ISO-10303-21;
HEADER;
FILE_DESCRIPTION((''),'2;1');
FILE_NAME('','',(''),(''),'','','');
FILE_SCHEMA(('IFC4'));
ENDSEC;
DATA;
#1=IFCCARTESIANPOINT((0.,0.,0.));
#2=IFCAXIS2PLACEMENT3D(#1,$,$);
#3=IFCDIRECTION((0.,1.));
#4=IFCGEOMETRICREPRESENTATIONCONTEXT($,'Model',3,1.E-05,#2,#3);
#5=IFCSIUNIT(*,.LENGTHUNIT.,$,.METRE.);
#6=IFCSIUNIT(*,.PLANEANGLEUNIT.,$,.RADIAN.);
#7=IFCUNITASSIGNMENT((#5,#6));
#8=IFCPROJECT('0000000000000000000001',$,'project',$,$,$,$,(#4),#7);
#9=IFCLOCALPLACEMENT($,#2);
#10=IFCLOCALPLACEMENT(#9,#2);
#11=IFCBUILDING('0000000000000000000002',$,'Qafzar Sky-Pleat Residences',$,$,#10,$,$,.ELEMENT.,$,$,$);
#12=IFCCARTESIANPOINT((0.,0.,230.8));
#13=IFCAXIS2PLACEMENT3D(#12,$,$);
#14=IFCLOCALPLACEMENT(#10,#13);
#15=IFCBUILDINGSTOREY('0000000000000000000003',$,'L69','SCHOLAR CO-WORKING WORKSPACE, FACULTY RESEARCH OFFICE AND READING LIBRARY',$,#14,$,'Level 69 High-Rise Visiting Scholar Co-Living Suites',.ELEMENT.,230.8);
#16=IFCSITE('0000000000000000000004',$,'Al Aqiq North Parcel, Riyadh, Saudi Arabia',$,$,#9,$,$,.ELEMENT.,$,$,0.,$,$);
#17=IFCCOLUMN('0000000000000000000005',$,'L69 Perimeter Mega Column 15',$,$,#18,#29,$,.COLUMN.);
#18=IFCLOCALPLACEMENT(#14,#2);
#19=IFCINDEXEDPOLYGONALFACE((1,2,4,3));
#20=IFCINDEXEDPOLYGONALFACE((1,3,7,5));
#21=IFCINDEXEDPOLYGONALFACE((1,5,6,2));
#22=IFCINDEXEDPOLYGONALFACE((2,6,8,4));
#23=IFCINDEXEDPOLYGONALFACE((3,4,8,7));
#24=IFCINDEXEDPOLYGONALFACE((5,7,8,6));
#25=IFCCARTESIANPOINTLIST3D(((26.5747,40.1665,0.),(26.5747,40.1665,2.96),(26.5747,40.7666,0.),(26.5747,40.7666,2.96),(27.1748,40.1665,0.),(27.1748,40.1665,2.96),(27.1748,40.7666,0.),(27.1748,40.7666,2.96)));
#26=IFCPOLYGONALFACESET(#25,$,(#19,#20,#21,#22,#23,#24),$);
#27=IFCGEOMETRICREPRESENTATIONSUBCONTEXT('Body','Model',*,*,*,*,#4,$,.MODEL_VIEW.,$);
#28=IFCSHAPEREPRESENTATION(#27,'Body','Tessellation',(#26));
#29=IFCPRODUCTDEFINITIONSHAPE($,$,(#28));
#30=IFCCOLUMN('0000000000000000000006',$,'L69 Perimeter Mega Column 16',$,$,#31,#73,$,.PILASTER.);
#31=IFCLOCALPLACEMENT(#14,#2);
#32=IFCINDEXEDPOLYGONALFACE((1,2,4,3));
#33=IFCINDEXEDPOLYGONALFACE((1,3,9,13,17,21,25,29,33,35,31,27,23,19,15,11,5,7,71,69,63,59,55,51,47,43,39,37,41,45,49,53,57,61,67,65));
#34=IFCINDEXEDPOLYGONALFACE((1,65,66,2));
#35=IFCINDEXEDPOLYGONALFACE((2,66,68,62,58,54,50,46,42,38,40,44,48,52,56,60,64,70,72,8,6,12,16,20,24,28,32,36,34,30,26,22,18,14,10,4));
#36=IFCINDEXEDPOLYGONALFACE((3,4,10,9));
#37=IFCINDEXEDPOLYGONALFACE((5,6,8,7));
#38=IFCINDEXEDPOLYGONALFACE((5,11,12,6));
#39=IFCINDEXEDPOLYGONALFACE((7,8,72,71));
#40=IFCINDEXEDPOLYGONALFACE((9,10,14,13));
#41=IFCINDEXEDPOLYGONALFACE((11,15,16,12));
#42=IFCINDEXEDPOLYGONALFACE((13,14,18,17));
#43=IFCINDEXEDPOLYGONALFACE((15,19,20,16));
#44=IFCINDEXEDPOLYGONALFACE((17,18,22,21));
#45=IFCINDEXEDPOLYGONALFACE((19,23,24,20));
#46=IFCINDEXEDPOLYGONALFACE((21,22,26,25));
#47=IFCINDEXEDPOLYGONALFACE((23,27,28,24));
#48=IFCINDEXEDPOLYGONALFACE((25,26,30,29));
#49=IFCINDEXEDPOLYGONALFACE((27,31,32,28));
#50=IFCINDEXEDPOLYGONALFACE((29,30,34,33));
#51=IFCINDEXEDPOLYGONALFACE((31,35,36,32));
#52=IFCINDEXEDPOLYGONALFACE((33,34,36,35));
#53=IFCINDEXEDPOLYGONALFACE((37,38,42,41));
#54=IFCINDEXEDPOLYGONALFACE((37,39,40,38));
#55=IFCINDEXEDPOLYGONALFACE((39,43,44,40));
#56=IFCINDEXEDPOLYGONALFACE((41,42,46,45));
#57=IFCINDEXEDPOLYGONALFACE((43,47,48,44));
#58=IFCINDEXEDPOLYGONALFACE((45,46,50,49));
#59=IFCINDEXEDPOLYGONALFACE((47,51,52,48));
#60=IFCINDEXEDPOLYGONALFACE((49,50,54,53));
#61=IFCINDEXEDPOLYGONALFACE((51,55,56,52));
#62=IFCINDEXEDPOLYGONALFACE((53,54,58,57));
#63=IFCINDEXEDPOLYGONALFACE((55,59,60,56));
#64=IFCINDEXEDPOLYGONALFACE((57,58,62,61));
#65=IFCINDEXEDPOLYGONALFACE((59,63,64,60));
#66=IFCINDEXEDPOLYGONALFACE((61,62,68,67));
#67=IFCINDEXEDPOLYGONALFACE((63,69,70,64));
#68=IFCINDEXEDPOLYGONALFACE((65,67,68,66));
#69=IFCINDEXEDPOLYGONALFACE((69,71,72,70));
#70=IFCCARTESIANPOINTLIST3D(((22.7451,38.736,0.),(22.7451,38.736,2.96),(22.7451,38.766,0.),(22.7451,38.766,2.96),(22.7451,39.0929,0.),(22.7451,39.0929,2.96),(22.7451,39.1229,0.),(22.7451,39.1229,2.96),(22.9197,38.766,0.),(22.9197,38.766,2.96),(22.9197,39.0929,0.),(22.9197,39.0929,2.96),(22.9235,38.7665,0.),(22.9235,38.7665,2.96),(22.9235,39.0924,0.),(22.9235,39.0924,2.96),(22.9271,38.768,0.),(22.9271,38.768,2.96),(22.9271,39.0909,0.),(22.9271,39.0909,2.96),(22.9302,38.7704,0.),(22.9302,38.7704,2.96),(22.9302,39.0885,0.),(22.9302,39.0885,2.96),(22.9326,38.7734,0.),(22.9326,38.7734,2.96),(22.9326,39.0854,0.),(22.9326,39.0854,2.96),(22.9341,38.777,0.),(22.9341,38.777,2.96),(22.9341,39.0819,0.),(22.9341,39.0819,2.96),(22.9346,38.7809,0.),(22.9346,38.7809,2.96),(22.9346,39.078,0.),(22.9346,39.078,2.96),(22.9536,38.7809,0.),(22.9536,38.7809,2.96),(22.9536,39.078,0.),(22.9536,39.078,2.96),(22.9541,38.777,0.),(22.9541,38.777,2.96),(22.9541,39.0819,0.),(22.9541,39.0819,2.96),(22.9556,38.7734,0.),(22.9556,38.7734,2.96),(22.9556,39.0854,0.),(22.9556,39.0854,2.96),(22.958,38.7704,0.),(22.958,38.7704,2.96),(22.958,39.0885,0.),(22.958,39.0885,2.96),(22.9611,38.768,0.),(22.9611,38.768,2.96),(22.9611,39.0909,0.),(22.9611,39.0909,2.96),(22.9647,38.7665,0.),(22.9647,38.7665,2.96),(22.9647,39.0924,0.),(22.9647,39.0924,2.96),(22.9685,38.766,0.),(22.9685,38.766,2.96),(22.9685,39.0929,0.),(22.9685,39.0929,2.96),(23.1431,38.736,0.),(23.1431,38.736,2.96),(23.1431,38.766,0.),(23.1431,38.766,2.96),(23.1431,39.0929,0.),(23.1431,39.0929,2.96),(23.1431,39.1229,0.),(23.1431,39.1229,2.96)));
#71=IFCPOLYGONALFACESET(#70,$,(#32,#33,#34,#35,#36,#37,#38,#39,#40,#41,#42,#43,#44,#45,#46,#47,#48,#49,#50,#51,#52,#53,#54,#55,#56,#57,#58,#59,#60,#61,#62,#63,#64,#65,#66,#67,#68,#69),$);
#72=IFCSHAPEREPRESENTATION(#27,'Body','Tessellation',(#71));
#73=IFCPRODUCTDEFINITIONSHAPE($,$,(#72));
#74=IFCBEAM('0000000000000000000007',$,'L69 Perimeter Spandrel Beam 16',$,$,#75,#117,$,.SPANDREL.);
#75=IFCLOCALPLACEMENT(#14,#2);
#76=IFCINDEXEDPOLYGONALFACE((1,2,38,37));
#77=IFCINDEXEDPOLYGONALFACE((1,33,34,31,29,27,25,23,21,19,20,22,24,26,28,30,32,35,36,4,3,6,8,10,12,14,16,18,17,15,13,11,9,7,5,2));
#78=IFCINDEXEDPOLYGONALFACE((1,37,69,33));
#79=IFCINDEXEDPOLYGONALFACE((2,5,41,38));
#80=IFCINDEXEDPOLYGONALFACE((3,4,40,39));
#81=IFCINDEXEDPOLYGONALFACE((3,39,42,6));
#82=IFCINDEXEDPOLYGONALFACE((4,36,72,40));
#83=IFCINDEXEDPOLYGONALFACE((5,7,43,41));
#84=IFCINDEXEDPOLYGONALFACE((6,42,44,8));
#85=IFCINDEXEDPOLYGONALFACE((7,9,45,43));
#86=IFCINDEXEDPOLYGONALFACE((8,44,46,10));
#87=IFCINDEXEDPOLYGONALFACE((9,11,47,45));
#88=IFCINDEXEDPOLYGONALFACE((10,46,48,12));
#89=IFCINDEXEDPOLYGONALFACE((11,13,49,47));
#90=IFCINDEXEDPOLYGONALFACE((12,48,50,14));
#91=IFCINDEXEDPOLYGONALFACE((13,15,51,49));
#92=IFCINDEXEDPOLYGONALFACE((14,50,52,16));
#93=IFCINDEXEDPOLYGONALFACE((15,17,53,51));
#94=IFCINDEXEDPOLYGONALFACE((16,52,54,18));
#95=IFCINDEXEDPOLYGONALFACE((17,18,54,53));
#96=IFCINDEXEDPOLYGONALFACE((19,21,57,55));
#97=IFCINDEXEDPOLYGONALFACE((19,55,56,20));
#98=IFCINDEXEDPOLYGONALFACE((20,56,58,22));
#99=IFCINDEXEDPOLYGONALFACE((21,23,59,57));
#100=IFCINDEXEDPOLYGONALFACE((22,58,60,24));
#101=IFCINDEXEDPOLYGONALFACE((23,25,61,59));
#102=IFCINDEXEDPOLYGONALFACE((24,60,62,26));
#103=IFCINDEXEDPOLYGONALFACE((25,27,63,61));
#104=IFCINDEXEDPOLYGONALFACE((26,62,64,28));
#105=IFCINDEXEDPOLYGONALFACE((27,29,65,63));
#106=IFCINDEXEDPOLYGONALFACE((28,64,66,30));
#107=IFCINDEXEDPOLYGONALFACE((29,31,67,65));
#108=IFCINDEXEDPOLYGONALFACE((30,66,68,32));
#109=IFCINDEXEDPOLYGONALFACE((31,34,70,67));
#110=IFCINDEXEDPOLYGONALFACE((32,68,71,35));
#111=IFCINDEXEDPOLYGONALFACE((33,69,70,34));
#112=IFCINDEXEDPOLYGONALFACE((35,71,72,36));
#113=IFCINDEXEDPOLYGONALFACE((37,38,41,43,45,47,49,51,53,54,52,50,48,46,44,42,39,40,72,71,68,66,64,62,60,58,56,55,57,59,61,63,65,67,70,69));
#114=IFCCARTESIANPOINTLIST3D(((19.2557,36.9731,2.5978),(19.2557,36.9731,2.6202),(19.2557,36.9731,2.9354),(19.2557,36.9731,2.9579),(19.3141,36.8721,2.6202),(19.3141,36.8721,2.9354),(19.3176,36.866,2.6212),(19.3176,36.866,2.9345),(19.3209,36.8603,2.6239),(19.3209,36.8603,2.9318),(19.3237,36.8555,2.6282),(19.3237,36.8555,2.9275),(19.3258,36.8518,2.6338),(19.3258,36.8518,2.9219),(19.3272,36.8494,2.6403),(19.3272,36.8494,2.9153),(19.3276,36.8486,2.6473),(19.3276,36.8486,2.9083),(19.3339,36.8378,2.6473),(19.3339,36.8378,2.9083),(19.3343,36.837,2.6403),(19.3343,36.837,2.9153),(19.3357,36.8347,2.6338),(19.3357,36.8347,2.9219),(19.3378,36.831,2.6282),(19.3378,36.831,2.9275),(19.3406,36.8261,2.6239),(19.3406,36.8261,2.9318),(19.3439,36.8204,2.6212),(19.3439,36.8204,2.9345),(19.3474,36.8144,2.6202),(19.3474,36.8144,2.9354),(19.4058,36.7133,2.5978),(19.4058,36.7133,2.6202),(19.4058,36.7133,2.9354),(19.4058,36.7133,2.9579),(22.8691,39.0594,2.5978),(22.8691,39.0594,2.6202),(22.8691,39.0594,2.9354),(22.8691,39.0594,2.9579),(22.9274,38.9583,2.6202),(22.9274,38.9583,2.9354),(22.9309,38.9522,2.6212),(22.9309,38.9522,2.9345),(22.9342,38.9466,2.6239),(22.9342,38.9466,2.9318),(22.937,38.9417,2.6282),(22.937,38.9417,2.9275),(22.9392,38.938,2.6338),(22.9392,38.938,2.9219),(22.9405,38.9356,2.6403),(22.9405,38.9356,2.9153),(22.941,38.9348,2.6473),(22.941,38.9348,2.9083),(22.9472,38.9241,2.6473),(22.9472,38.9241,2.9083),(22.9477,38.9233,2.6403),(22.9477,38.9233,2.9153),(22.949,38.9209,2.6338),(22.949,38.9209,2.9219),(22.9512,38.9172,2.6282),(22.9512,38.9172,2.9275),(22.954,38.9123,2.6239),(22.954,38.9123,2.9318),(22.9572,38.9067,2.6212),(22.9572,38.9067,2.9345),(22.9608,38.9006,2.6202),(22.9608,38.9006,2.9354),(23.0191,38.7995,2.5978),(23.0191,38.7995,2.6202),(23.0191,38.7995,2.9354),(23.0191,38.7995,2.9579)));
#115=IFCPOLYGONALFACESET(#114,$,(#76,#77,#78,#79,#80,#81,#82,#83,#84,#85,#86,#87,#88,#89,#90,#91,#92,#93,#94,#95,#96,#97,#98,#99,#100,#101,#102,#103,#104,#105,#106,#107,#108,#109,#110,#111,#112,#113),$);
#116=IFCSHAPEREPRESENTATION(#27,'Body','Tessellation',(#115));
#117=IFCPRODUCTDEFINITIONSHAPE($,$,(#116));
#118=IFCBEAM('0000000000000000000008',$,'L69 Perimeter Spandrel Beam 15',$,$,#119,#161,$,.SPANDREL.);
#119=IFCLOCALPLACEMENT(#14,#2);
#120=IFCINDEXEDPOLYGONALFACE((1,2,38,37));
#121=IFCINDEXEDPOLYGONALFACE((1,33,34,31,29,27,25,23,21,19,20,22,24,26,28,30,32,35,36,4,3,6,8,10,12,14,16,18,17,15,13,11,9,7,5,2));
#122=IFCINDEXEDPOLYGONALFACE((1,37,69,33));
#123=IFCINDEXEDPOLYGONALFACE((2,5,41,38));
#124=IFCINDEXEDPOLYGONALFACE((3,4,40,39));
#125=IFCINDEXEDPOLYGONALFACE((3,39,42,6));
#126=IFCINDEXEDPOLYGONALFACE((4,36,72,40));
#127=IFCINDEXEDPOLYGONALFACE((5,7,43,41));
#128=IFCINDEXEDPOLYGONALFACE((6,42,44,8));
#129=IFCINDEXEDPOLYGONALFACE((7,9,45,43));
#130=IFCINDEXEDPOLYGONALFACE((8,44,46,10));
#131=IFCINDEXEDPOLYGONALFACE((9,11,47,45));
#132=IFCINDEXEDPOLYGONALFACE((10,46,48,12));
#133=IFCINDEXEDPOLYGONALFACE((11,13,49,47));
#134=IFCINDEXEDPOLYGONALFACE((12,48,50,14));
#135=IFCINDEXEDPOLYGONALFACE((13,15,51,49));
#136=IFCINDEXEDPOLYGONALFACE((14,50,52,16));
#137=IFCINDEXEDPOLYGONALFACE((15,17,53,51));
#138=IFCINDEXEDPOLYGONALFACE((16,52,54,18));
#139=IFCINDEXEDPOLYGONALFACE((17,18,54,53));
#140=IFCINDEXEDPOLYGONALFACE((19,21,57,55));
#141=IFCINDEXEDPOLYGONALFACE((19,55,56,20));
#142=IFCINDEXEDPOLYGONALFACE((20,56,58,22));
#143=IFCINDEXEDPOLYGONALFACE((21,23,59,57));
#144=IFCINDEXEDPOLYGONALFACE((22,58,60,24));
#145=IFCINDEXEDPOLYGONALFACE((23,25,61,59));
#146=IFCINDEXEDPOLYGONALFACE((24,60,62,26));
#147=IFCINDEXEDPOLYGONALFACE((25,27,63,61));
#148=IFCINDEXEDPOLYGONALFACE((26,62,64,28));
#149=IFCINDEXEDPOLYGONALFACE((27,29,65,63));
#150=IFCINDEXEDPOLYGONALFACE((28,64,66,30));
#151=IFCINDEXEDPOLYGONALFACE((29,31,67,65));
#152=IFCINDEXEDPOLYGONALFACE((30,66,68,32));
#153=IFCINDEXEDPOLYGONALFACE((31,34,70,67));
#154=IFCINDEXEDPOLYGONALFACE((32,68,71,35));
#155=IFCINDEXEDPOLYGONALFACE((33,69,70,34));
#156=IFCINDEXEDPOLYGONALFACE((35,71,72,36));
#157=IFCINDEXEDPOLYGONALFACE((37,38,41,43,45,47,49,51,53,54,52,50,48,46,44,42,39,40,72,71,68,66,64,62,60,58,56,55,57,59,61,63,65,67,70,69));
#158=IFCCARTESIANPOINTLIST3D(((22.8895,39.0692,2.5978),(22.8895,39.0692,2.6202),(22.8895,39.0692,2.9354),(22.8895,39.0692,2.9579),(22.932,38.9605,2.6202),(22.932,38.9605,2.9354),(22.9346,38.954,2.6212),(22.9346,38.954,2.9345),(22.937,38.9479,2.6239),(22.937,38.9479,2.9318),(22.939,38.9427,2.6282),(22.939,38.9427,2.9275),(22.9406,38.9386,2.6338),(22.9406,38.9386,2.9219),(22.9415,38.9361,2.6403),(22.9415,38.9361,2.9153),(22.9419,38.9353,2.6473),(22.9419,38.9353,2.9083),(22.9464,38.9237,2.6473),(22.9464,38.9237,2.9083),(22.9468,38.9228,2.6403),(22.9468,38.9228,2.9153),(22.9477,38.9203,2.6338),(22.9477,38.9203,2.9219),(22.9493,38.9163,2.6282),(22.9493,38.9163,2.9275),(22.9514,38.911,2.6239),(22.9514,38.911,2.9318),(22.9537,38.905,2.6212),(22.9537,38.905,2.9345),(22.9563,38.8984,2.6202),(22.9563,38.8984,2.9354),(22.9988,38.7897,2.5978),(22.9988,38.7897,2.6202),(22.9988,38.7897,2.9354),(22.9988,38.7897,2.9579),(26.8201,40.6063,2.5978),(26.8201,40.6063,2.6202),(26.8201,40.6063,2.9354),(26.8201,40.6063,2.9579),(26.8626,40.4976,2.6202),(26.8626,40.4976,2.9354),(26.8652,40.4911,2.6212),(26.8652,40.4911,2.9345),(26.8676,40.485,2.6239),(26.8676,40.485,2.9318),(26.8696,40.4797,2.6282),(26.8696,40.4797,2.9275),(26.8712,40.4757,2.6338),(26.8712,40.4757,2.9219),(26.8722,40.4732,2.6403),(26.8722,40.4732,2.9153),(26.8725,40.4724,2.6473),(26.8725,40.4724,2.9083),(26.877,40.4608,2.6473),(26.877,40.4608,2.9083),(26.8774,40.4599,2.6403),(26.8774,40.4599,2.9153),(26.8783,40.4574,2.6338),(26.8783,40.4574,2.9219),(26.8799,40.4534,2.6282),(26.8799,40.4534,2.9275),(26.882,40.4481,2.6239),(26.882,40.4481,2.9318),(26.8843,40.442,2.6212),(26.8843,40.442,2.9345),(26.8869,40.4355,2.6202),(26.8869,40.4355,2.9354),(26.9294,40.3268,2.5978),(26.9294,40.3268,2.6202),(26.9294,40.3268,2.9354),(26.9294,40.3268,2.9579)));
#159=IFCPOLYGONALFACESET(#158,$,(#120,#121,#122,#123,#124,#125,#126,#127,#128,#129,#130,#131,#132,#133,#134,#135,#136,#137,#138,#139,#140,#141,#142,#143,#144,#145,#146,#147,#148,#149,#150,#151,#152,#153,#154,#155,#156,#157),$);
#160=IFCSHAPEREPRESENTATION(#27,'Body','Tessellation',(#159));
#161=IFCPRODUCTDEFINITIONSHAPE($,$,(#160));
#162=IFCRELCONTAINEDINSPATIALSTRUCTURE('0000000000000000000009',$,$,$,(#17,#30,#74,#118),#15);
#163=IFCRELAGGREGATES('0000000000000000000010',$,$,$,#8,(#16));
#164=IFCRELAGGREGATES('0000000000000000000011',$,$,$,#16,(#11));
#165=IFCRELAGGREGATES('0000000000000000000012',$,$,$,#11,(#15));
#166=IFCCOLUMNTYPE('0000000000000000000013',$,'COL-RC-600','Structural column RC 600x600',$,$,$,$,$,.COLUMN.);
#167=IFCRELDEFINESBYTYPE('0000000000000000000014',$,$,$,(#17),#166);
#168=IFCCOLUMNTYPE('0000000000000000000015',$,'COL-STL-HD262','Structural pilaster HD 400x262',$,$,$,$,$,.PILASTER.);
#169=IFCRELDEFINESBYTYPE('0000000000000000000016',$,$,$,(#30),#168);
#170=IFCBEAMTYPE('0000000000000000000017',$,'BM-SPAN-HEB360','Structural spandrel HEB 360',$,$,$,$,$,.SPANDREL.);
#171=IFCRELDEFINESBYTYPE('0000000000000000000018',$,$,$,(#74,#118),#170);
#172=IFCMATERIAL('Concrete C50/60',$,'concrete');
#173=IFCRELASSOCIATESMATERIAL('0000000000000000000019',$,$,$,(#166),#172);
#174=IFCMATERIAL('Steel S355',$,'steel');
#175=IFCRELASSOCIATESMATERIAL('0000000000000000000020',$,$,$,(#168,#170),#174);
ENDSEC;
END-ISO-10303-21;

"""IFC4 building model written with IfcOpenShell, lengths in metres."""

from ifc_helpers import new_model, si_unit, direction, frame, origin, origin_2d, place, context, subcontext, project, spatial, rectangle, i_section, extrude, source, transform, mapped, material, material_profile, profile_set, type_object, element, save


model = new_model("IFC4")

# Units and contexts
model_context = context("Model", 3, precision=1e-05, world=origin(), true_north=direction((0.0, 1.0)))
body_context = subcontext(model_context, "Body", "Model", "MODEL_VIEW")
ifc_project = project(units=[si_unit("LENGTHUNIT", "METRE"), si_unit("PLANEANGLEUNIT", "RADIAN")], contexts=[model_context])

# Site, building, storey
site_placement = place(None, origin())
site = spatial("IfcSite", under=ifc_project, at=site_placement, Name="Al Aqiq North Parcel, Riyadh, Saudi Arabia", CompositionType="ELEMENT", RefElevation=0.0)
building_placement = place(site_placement, origin())
building = spatial("IfcBuilding", under=site, at=building_placement, Name="Qafzar Sky-Pleat Residences", CompositionType="ELEMENT")
storey_placement = place(building_placement, frame((0.0, 0.0, 230.8)))
storey = spatial("IfcBuildingStorey", under=building, at=storey_placement, Name="L69", Description="SCHOLAR CO-WORKING WORKSPACE, FACULTY RESEARCH OFFICE AND READING LIBRARY", LongName="Level 69 High-Rise Visiting Scholar Co-Living Suites", CompositionType="ELEMENT", Elevation=230.8)

# Columns
ifc_material_1 = material(Name="Concrete C50/60", Category="concrete")
ifc_material_profile_1 = material_profile(ifc_material_1, rectangle(XDim=0.6001, YDim=0.6001, at=origin_2d()), Name="RC 600x600")
ifc_profile_set_1 = profile_set([ifc_material_profile_1], Name="Concrete C50/60")
column_type_1 = type_object("IfcColumnType", Name="COL-RC-600", Description="Structural column RC 600x600", PredefinedType="COLUMN", material=ifc_profile_set_1)
shared_shape_1 = source(origin(), body_context, "Body", "SweptSolid", [
    extrude(rectangle(XDim=0.6001, YDim=0.6001, at=origin_2d()), origin(), (0.0, 0.0, 1.0), 2.96),
])
column_1_placement = place(storey_placement, frame((26.8748, 40.4666, 0.0), z_axis=(0.0, 0.0, 1.0), x_axis=(1.0, 0.0, 0.0)))
element("IfcColumn", 1, at=column_1_placement, inside=storey, type_object=column_type_1, Name="L69 Perimeter Mega Column 15", PredefinedType="COLUMN", context=body_context, shape_type="MappedRepresentation", body=[
    mapped(shared_shape_1, transform((0.0, 0.0, 0.0), x_axis=(1.0, 0.0, 0.0), y_axis=(0.0, 1.0, 0.0), z_axis=(0.0, 0.0, 1.0), scale=1.0)),
])
ifc_material_2 = material(Name="Steel S355", Category="steel")
ifc_material_profile_2 = material_profile(ifc_material_2, i_section(OverallWidth=0.3979, OverallDepth=0.387, WebThickness=0.019, FlangeThickness=0.03, FilletRadius=0.0149, at=origin_2d()), Name="HD 400x262")
ifc_profile_set_2 = profile_set([ifc_material_profile_2], Name="Steel S355")
column_type_2 = type_object("IfcColumnType", Name="COL-STL-HD262", Description="Structural pilaster HD 400x262", PredefinedType="PILASTER", material=ifc_profile_set_2)
shared_shape_2 = source(origin(), body_context, "Body", "SweptSolid", [
    extrude(i_section(OverallWidth=0.3979, OverallDepth=0.387, WebThickness=0.019, FlangeThickness=0.03, FilletRadius=0.0149, at=origin_2d()), origin(), (0.0, 0.0, 1.0), 2.96),
])
column_2_placement = place(storey_placement, frame((22.9441, 38.9294, 0.0), z_axis=(0.0, 0.0, 1.0), x_axis=(1.0, 0.0, 0.0)))
element("IfcColumn", 2, at=column_2_placement, inside=storey, type_object=column_type_2, Name="L69 Perimeter Mega Column 16", PredefinedType="PILASTER", context=body_context, shape_type="MappedRepresentation", body=[
    mapped(shared_shape_2, transform((0.0, 0.0, 0.0), x_axis=(1.0, 0.0, 0.0), y_axis=(0.0, 1.0, 0.0), z_axis=(0.0, 0.0, 1.0), scale=1.0)),
])

# Beams
ifc_material_profile_3 = material_profile(ifc_material_2, i_section(OverallWidth=0.3, OverallDepth=0.3601, WebThickness=0.0125, FlangeThickness=0.0225, FilletRadius=0.0271, at=origin_2d()), Name="HEB 360")
ifc_profile_set_3 = profile_set([ifc_material_profile_3], Name="Steel S355")
beam_type_1 = type_object("IfcBeamType", Name="BM-SPAN-HEB360", Description="Structural spandrel HEB 360", PredefinedType="SPANDREL", material=ifc_profile_set_3)
shared_shape_3 = source(origin(), body_context, "Body", "SweptSolid", [
    extrude(i_section(OverallWidth=0.3, OverallDepth=0.3601, WebThickness=0.0125, FlangeThickness=0.0225, FilletRadius=0.0271, at=origin_2d()), origin(), (0.0, 0.0, 1.0), 4.1724),
])
beam_1_placement = place(storey_placement, frame((22.9441, 38.9294, 2.7778), z_axis=(-0.86602, -0.500009, 0.0), x_axis=(0.500009, -0.86602, 0.0)))
element("IfcBeam", 3, at=beam_1_placement, inside=storey, type_object=beam_type_1, Name="L69 Perimeter Spandrel Beam 16", PredefinedType="SPANDREL", context=body_context, shape_type="MappedRepresentation", body=[
    mapped(shared_shape_3, transform((0.0, 0.0, 0.0), x_axis=(1.0, 0.0, 0.0), y_axis=(0.0, 1.0, 0.0), z_axis=(0.0, 0.0, 1.0), scale=1.0)),
])
shared_shape_4 = source(origin(), body_context, "Body", "SweptSolid", [
    extrude(i_section(OverallWidth=0.3, OverallDepth=0.3601, WebThickness=0.0125, FlangeThickness=0.0225, FilletRadius=0.0271, at=origin_2d()), origin(), (0.0, 0.0, 1.0), 4.2205),
])
beam_2_placement = place(storey_placement, frame((26.8748, 40.4666, 2.7778), z_axis=(-0.931321, -0.364199, 0.0), x_axis=(0.364199, -0.931321, 0.0)))
element("IfcBeam", 4, at=beam_2_placement, inside=storey, type_object=beam_type_1, Name="L69 Perimeter Spandrel Beam 15", PredefinedType="SPANDREL", context=body_context, shape_type="MappedRepresentation", body=[
    mapped(shared_shape_4, transform((0.0, 0.0, 0.0), x_axis=(1.0, 0.0, 0.0), y_axis=(0.0, 1.0, 0.0), z_axis=(0.0, 0.0, 1.0), scale=1.0)),
])

save(model, "model.ifc")
